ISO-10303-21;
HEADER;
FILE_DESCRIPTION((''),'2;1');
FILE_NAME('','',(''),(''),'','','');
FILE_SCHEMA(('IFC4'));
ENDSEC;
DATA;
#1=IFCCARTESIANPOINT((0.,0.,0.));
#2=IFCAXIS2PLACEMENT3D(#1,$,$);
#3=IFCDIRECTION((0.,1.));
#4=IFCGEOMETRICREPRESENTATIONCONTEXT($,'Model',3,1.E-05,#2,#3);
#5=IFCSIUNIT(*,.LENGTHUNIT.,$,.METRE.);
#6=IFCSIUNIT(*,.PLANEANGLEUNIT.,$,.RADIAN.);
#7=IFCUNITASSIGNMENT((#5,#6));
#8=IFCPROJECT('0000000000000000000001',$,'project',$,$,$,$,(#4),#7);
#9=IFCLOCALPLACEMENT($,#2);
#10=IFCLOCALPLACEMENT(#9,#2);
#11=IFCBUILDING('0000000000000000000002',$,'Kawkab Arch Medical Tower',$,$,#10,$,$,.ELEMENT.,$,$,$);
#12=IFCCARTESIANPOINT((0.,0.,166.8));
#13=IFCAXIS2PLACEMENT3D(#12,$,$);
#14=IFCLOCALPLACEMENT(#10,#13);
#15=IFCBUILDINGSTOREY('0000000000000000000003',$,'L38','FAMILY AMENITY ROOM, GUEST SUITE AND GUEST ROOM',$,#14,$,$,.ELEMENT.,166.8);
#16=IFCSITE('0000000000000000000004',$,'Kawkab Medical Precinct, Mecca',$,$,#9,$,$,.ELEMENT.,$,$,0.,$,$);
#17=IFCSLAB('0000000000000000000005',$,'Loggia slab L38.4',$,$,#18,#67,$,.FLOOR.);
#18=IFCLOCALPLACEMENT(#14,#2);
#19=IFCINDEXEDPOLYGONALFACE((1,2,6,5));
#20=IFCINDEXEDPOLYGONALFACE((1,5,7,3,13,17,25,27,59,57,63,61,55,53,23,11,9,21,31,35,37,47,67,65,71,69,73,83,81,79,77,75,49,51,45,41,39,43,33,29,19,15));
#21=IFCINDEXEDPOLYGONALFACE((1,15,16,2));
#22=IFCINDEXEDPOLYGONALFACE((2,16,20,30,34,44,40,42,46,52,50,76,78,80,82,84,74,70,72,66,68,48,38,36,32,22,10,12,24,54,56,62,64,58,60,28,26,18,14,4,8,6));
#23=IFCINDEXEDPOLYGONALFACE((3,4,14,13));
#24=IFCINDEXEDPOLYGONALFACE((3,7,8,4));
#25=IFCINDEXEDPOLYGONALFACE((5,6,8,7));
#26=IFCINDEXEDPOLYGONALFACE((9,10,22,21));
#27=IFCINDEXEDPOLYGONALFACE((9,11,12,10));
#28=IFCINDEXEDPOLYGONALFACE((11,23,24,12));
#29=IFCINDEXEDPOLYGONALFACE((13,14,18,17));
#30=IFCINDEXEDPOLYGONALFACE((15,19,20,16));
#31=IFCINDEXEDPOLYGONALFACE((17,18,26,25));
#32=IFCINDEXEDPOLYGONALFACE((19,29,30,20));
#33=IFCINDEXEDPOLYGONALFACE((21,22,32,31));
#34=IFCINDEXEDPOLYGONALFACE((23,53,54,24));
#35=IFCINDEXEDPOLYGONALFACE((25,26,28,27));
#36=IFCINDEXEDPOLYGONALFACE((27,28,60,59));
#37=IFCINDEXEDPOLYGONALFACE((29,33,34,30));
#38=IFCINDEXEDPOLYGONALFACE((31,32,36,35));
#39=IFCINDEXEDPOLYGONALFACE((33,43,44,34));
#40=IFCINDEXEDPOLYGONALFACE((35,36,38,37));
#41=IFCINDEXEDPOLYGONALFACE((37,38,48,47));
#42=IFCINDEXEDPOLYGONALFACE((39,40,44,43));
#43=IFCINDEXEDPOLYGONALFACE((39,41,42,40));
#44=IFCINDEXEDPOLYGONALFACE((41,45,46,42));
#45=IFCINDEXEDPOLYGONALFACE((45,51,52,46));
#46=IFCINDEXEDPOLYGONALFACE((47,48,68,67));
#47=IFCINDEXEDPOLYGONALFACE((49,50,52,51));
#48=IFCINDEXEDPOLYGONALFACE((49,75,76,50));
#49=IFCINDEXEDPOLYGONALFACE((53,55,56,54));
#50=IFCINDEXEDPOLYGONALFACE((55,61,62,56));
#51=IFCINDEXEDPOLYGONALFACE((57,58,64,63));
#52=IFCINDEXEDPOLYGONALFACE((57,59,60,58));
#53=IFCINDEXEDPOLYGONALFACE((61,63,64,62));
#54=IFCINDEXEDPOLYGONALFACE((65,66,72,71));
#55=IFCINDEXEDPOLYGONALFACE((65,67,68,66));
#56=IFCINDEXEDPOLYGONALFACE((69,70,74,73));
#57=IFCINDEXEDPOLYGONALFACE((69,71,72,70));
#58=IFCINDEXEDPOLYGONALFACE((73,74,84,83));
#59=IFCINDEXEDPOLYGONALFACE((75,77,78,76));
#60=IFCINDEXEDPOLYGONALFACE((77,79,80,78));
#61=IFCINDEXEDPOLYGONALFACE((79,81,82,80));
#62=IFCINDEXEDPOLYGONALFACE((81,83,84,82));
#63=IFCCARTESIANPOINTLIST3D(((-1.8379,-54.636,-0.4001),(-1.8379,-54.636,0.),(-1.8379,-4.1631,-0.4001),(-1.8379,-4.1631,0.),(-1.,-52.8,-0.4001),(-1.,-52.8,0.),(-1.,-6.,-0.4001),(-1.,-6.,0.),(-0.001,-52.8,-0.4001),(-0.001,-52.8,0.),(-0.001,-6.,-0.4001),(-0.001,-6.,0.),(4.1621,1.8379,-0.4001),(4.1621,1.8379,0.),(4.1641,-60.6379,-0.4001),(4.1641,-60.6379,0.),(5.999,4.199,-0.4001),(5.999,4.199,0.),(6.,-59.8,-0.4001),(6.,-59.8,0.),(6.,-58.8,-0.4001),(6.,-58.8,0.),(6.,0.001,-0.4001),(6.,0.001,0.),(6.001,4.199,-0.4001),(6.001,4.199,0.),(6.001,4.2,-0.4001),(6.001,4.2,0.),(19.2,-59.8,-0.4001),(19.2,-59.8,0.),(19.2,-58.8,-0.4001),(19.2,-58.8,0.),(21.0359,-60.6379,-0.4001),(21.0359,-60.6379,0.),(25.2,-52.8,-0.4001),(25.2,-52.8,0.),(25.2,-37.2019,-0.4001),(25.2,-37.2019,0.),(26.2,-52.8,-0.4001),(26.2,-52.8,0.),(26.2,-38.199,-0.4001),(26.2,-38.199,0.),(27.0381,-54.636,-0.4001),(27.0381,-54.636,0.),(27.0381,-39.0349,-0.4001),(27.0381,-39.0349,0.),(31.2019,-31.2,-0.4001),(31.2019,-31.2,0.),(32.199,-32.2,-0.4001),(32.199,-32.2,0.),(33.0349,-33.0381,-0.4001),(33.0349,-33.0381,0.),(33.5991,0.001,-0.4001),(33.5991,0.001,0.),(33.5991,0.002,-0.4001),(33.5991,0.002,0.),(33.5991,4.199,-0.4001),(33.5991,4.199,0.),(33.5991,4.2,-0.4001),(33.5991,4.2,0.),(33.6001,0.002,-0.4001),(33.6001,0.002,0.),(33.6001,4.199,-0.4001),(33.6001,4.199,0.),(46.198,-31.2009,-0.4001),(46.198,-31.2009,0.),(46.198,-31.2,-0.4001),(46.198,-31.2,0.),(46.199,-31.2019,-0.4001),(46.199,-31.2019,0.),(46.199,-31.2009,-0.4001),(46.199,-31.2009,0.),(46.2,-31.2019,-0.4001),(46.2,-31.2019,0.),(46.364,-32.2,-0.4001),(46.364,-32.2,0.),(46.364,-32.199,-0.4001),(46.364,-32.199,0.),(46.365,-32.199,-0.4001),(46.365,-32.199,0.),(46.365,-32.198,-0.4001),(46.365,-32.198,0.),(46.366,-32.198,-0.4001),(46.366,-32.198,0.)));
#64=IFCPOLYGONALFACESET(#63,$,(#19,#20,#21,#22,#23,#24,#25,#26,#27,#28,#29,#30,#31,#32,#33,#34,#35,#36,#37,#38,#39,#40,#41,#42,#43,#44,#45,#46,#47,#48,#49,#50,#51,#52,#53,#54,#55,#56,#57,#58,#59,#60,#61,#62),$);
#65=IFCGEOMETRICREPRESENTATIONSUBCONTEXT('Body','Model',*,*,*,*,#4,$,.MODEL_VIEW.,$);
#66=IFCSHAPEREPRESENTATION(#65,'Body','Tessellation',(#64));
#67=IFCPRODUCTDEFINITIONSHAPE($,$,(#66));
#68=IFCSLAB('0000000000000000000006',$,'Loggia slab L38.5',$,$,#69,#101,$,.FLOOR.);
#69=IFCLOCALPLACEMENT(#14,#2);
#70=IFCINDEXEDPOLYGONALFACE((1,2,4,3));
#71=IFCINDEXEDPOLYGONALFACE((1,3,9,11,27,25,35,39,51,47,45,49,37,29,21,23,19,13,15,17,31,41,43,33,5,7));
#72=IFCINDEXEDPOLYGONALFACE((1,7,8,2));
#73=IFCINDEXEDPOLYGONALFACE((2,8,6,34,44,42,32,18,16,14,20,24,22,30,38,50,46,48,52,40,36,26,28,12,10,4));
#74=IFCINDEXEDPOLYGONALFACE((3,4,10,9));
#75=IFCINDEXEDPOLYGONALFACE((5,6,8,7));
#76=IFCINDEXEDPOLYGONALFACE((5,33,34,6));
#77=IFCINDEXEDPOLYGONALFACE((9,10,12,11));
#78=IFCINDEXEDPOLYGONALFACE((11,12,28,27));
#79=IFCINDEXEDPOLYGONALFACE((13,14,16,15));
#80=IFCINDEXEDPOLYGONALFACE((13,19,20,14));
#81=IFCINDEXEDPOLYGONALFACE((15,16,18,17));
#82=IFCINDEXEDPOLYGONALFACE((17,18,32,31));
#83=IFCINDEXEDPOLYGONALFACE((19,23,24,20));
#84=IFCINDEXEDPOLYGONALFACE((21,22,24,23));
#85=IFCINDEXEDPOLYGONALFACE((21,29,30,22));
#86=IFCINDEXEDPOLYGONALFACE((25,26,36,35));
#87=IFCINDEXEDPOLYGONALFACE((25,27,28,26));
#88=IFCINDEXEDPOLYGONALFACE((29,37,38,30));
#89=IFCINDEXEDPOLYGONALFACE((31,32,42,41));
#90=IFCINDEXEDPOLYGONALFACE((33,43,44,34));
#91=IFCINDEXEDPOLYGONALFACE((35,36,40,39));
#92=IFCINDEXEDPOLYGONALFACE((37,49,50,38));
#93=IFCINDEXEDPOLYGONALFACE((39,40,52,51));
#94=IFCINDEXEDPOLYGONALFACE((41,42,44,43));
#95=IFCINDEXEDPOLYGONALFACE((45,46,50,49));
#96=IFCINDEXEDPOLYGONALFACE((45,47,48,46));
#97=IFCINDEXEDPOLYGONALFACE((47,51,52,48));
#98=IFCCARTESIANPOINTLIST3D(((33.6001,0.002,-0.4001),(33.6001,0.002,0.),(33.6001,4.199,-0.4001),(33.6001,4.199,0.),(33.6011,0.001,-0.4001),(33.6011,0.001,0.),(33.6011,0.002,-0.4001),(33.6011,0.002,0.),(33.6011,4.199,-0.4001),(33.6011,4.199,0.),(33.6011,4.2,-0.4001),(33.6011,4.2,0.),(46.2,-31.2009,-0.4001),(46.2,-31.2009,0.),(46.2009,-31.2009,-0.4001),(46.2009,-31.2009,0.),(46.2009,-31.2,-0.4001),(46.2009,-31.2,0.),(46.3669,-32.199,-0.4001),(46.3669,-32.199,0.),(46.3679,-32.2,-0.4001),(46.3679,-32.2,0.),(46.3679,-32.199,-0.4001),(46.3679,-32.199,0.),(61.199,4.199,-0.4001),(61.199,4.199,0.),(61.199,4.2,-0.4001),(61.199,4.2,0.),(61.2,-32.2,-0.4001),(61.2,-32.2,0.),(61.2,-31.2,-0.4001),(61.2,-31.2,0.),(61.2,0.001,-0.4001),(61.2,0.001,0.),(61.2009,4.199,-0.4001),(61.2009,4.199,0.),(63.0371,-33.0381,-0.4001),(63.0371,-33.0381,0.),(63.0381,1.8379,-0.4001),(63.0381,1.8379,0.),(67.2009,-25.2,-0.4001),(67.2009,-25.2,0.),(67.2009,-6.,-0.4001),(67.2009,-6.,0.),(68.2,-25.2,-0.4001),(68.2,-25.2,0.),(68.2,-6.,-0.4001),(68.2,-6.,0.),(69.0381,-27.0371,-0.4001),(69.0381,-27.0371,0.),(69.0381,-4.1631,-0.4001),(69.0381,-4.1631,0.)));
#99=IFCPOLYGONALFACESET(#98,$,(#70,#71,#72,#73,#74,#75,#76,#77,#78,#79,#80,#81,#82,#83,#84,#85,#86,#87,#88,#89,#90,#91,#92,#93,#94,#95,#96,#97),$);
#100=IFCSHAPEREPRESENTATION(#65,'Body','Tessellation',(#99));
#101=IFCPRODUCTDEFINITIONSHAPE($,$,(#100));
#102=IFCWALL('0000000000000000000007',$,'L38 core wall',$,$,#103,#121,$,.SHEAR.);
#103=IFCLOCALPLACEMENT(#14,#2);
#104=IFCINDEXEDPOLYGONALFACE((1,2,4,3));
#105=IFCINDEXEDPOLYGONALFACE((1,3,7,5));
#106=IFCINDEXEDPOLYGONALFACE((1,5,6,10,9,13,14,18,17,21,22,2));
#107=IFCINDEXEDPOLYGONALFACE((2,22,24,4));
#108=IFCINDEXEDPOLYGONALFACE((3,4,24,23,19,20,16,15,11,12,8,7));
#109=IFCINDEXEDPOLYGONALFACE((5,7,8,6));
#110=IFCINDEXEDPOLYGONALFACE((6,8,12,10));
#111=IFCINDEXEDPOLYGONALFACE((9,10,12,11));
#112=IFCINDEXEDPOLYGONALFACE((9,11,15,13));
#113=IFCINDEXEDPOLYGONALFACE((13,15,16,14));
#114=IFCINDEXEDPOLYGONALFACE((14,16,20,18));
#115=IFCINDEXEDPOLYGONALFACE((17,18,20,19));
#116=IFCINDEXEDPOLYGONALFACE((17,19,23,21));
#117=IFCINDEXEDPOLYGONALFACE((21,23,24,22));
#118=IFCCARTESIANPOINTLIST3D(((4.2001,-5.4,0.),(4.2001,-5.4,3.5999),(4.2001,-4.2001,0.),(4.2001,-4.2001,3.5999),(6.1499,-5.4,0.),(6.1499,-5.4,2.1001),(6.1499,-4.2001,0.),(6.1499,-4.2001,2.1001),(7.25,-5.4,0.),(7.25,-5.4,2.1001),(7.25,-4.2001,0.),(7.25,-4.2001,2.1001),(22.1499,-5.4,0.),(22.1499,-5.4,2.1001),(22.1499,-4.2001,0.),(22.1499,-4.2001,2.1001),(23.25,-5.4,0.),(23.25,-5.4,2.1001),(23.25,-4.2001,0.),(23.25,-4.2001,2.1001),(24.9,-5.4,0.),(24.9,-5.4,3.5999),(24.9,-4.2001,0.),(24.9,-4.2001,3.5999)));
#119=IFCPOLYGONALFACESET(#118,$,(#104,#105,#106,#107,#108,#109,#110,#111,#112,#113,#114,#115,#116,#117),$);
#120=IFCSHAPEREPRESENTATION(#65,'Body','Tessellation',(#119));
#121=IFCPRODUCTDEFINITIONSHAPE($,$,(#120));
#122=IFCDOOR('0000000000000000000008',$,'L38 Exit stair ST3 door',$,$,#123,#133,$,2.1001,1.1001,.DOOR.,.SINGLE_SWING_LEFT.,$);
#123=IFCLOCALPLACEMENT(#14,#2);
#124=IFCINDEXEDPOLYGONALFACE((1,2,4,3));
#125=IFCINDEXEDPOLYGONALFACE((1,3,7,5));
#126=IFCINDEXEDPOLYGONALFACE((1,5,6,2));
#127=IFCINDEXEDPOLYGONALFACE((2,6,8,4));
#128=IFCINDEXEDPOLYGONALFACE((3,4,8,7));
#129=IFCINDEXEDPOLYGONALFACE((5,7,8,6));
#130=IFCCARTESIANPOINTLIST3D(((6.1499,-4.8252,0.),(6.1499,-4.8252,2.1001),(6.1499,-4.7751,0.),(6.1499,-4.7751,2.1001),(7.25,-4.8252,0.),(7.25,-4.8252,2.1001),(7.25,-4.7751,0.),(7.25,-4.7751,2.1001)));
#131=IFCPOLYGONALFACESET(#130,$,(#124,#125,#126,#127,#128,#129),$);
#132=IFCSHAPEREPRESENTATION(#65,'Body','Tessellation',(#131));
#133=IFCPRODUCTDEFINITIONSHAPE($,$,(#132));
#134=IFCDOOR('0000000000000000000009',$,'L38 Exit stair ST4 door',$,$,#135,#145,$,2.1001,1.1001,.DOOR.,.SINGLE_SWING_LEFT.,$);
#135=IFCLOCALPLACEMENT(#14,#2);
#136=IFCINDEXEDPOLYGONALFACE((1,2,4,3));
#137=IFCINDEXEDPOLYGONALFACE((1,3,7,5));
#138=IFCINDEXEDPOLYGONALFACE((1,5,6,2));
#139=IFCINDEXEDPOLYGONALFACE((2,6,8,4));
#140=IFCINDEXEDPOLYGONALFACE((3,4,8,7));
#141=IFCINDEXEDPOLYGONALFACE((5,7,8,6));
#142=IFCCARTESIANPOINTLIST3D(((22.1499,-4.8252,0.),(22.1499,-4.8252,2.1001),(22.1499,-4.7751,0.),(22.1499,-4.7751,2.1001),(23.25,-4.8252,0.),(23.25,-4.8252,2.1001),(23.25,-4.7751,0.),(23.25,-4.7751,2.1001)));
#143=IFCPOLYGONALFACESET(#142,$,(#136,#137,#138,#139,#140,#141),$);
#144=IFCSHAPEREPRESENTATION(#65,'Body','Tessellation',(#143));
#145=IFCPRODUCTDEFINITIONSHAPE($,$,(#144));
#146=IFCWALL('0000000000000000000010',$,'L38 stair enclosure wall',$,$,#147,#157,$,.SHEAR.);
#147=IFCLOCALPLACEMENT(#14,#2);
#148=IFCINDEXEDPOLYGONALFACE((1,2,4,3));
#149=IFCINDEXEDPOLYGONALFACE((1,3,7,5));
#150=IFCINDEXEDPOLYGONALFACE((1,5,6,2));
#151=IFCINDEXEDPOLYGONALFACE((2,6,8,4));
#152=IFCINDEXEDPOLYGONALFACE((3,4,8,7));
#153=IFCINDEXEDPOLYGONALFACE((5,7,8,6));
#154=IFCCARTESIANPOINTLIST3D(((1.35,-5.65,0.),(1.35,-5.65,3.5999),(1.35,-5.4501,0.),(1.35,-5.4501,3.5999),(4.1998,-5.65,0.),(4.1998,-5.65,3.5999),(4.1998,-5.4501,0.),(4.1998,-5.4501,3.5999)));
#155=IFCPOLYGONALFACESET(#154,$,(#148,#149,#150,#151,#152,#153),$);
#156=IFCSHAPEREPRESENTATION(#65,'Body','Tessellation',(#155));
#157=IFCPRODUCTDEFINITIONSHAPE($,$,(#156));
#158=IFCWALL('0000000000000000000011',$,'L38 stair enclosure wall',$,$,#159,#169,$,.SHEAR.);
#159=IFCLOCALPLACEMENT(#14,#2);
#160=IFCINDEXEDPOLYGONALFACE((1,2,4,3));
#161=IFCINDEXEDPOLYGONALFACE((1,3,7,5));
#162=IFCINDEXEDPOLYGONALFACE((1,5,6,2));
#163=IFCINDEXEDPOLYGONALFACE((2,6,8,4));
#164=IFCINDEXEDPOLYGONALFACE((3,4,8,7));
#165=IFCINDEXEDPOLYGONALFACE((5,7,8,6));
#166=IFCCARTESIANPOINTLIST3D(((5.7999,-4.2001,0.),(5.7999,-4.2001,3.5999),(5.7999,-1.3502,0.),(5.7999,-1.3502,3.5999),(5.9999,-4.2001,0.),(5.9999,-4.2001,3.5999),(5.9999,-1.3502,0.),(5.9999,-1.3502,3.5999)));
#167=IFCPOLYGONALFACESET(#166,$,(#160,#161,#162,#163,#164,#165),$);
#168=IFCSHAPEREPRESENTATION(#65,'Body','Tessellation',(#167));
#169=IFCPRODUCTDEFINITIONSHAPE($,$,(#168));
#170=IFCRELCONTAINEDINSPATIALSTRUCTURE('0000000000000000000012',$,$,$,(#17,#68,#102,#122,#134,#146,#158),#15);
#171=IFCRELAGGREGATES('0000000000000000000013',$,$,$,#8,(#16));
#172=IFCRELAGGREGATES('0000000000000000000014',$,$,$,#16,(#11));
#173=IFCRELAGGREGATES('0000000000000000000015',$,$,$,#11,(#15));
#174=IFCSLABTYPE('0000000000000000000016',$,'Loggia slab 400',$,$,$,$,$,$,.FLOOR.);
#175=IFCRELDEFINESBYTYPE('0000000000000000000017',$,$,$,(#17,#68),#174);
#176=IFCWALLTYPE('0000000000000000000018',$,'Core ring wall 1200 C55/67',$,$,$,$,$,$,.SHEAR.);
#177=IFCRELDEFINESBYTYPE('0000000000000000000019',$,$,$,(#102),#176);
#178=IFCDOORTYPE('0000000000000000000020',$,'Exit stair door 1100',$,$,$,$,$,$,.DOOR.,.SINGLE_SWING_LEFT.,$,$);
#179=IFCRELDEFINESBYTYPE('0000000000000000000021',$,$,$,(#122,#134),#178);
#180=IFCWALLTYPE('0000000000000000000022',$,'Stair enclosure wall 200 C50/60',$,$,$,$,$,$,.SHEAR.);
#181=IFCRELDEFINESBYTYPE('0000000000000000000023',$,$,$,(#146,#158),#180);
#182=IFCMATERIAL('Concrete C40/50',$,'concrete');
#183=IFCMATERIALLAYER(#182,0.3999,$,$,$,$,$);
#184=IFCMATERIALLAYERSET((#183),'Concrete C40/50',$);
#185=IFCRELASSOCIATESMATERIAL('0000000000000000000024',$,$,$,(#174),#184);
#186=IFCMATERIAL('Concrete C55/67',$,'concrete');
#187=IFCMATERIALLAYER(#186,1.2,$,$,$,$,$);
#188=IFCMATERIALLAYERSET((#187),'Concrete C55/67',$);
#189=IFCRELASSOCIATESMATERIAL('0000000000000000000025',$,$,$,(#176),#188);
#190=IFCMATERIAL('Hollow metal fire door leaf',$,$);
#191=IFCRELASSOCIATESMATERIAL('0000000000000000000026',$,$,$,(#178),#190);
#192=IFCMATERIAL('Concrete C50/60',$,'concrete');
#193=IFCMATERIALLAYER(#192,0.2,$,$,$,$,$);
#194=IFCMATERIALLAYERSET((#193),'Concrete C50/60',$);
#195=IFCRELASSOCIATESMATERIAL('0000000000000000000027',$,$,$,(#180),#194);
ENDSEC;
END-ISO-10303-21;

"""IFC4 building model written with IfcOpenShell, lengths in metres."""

from ifc_helpers import new_model, si_unit, direction, frame, frame_2d, origin, place, context, subcontext, project, spatial, polyline, rectangle, outline, extrude, material, layer, layer_set, type_object, element, fill, save


model = new_model("IFC4")

# Units and contexts
model_context = context("Model", 3, precision=1e-05, world=origin(), true_north=direction((0.0, 1.0)))
body_context = subcontext(model_context, "Body", "Model", "MODEL_VIEW")
ifc_project = project(units=[si_unit("LENGTHUNIT", "METRE"), si_unit("PLANEANGLEUNIT", "RADIAN")], contexts=[model_context])

# Site, building, storey
site_placement = place(None, origin())
site = spatial("IfcSite", under=ifc_project, at=site_placement, Name="Kawkab Medical Precinct, Mecca", CompositionType="ELEMENT", RefElevation=0.0)
building_placement = place(site_placement, origin())
building = spatial("IfcBuilding", under=site, at=building_placement, Name="Kawkab Arch Medical Tower", CompositionType="ELEMENT")
storey_placement = place(building_placement, frame((0.0, 0.0, 166.8)))
storey = spatial("IfcBuildingStorey", under=building, at=storey_placement, Name="L38", Description="FAMILY AMENITY ROOM, GUEST SUITE AND GUEST ROOM", CompositionType="ELEMENT", Elevation=166.8)

# Slabs
ifc_material_1 = material(Name="Concrete C40/50", Category="concrete")
ifc_layer_1 = layer(ifc_material_1, 0.3999)
ifc_layer_set_1 = layer_set([ifc_layer_1], Name="Concrete C40/50")
slab_type_1 = type_object("IfcSlabType", Name="Loggia slab 400", PredefinedType="FLOOR", material=ifc_layer_set_1)
placement_1 = place(storey_placement, frame((0.0, 0.0, -0.4001)))
element("IfcSlab", 1, at=placement_1, inside=storey, type_object=slab_type_1, Name="Loggia slab L38.4", PredefinedType="FLOOR", context=body_context, shape_type="SweptSolid", body=[
    extrude(outline(polyline([(-1.8379, -54.636), (-1.0, -52.8), (-1.0, -6.0), (-1.8379, -4.1631), (4.1621, 1.8379), (5.999, 4.199), (6.001, 4.199), (6.001, 4.2), (33.5991, 4.2), (33.5991, 4.199), (33.6001, 4.199), (33.6001, 0.002), (33.5991, 0.002), (33.5991, 0.001), (6.0, 0.001), (-0.001, -6.0), (-0.001, -52.8), (6.0, -58.8), (19.2, -58.8), (25.2, -52.8), (25.2, -37.2019), (31.2019, -31.2), (46.198, -31.2), (46.198, -31.2009), (46.199, -31.2009), (46.199, -31.2019), (46.2, -31.2019), (46.366, -32.198), (46.365, -32.198), (46.365, -32.199), (46.364, -32.199), (46.364, -32.2), (32.199, -32.2), (33.0349, -33.0381), (27.0381, -39.0349), (26.2, -38.199), (26.2, -52.8), (27.0381, -54.636), (21.0359, -60.6379), (19.2, -59.8), (6.0, -59.8), (4.1641, -60.6379), (-1.8379, -54.636)])), origin(), (0.0, 0.0, 1.0), 0.4001),
])
element("IfcSlab", 2, at=placement_1, inside=storey, type_object=slab_type_1, Name="Loggia slab L38.5", PredefinedType="FLOOR", context=body_context, shape_type="SweptSolid", body=[
    extrude(outline(polyline([(33.6011, 0.001), (33.6011, 0.002), (33.6001, 0.002), (33.6001, 4.199), (33.6011, 4.199), (33.6011, 4.2), (61.199, 4.2), (61.199, 4.199), (61.2009, 4.199), (63.0381, 1.8379), (69.0381, -4.1631), (68.2, -6.0), (68.2, -25.2), (69.0381, -27.0371), (63.0371, -33.0381), (61.2, -32.2), (46.3679, -32.2), (46.3679, -32.199), (46.3669, -32.199), (46.2, -31.2009), (46.2009, -31.2009), (46.2009, -31.2), (61.2, -31.2), (67.2009, -25.2), (67.2009, -6.0), (61.2, 0.001), (33.6011, 0.001)])), origin(), (0.0, 0.0, 1.0), 0.4001),
])

# Wall, openings, doors
ifc_material_2 = material(Name="Concrete C55/67", Category="concrete")
ifc_layer_2 = layer(ifc_material_2, 1.2)
ifc_layer_set_2 = layer_set([ifc_layer_2], Name="Concrete C55/67")
wall_type_1 = type_object("IfcWallType", Name="Core ring wall 1200 C55/67", PredefinedType="SHEAR", material=ifc_layer_set_2)
wall_1_placement = place(storey_placement, frame((4.2, -4.8, 0.0), z_axis=(0.0, 0.0, 1.0), x_axis=(1.0, 0.0, 0.0)))
wall_1 = element("IfcWall", 3, at=wall_1_placement, inside=storey, type_object=wall_type_1, Name="L38 core wall", PredefinedType="SHEAR", context=body_context, shape_type="SweptSolid", body=[
    extrude(rectangle(XDim=20.7, YDim=1.2, at=frame_2d((10.3501, 0.0))), origin(), (0.0, 0.0, 1.0), 3.5999),
])
opening_1_placement = place(wall_1_placement, frame((1.95, 0.0, 0.0)))
opening_1 = element("IfcOpeningElement", 4, at=opening_1_placement, cuts=wall_1, PredefinedType="OPENING", context=body_context, shape_type="SweptSolid", body=[
    extrude(rectangle(XDim=1.1001, YDim=2.1001, at=frame_2d((0.55, 1.05))), frame((0.0, 0.6099, 0.0), z_axis=(0.0, -1.0, 0.0), x_axis=(1.0, 0.0, 0.0)), (0.0, 0.0, 1.0), 1.22),
])
opening_2_placement = place(wall_1_placement, frame((17.95, 0.0, 0.0)))
opening_2 = element("IfcOpeningElement", 5, at=opening_2_placement, cuts=wall_1, PredefinedType="OPENING", context=body_context, shape_type="SweptSolid", body=[
    extrude(rectangle(XDim=1.1001, YDim=2.1001, at=frame_2d((0.55, 1.05))), frame((0.0, 0.6099, 0.0), z_axis=(0.0, -1.0, 0.0), x_axis=(1.0, 0.0, 0.0)), (0.0, 0.0, 1.0), 1.22),
])
ifc_material_3 = material(Name="Hollow metal fire door leaf")
door_type = type_object("IfcDoorType", Name="Exit stair door 1100", OperationType="SINGLE_SWING_LEFT", PredefinedType="DOOR", material=ifc_material_3)
door_1_placement = place(opening_1_placement, origin())
door_1 = element("IfcDoor", 6, at=door_1_placement, inside=storey, type_object=door_type, Name="L38 Exit stair ST3 door", OperationType="SINGLE_SWING_LEFT", OverallHeight=2.1001, OverallWidth=1.1001, PredefinedType="DOOR", context=body_context, shape_type="SweptSolid", body=[
    extrude(rectangle(XDim=1.1001, YDim=2.1001, at=frame_2d((0.55, 1.05))), frame((0.0, 0.0249, 0.0), z_axis=(0.0, -1.0, 0.0), x_axis=(1.0, 0.0, 0.0)), (0.0, 0.0, 1.0), 0.05),
])
fill(opening_1, door_1)
door_2_placement = place(opening_2_placement, origin())
door_2 = element("IfcDoor", 7, at=door_2_placement, inside=storey, type_object=door_type, Name="L38 Exit stair ST4 door", OperationType="SINGLE_SWING_LEFT", OverallHeight=2.1001, OverallWidth=1.1001, PredefinedType="DOOR", context=body_context, shape_type="SweptSolid", body=[
    extrude(rectangle(XDim=1.1001, YDim=2.1001, at=frame_2d((0.55, 1.05))), frame((0.0, 0.0249, 0.0), z_axis=(0.0, -1.0, 0.0), x_axis=(1.0, 0.0, 0.0)), (0.0, 0.0, 1.0), 0.05),
])
fill(opening_2, door_2)

# Walls
ifc_material_4 = material(Name="Concrete C50/60", Category="concrete")
ifc_layer_3 = layer(ifc_material_4, 0.2)
ifc_layer_set_3 = layer_set([ifc_layer_3], Name="Concrete C50/60")
wall_type_2 = type_object("IfcWallType", Name="Stair enclosure wall 200 C50/60", PredefinedType="SHEAR", material=ifc_layer_set_3)
for number, where, z_axis, x_axis, name in (
    (8, (1.3501, -5.55, 0.0), (0.0, 0.0, 1.0), (1.0, 0.0, 0.0), "L38 stair enclosure wall"),
    (9, (5.8999, -4.2, 0.0), (0.0, 0.0, 1.0), (0.0, 1.0, 0.0), "L38 stair enclosure wall"),
):
    element("IfcWall", number, at=place(storey_placement, frame(where, z_axis=z_axis, x_axis=x_axis)), inside=storey, type_object=wall_type_2, Name=name, PredefinedType="SHEAR", context=body_context, shape_type="SweptSolid", body=[
        extrude(rectangle(XDim=2.8499, YDim=0.2, at=frame_2d((1.4248, 0.0))), origin(), (0.0, 0.0, 1.0), 3.5999),
    ])

save(model, "model.ifc")
